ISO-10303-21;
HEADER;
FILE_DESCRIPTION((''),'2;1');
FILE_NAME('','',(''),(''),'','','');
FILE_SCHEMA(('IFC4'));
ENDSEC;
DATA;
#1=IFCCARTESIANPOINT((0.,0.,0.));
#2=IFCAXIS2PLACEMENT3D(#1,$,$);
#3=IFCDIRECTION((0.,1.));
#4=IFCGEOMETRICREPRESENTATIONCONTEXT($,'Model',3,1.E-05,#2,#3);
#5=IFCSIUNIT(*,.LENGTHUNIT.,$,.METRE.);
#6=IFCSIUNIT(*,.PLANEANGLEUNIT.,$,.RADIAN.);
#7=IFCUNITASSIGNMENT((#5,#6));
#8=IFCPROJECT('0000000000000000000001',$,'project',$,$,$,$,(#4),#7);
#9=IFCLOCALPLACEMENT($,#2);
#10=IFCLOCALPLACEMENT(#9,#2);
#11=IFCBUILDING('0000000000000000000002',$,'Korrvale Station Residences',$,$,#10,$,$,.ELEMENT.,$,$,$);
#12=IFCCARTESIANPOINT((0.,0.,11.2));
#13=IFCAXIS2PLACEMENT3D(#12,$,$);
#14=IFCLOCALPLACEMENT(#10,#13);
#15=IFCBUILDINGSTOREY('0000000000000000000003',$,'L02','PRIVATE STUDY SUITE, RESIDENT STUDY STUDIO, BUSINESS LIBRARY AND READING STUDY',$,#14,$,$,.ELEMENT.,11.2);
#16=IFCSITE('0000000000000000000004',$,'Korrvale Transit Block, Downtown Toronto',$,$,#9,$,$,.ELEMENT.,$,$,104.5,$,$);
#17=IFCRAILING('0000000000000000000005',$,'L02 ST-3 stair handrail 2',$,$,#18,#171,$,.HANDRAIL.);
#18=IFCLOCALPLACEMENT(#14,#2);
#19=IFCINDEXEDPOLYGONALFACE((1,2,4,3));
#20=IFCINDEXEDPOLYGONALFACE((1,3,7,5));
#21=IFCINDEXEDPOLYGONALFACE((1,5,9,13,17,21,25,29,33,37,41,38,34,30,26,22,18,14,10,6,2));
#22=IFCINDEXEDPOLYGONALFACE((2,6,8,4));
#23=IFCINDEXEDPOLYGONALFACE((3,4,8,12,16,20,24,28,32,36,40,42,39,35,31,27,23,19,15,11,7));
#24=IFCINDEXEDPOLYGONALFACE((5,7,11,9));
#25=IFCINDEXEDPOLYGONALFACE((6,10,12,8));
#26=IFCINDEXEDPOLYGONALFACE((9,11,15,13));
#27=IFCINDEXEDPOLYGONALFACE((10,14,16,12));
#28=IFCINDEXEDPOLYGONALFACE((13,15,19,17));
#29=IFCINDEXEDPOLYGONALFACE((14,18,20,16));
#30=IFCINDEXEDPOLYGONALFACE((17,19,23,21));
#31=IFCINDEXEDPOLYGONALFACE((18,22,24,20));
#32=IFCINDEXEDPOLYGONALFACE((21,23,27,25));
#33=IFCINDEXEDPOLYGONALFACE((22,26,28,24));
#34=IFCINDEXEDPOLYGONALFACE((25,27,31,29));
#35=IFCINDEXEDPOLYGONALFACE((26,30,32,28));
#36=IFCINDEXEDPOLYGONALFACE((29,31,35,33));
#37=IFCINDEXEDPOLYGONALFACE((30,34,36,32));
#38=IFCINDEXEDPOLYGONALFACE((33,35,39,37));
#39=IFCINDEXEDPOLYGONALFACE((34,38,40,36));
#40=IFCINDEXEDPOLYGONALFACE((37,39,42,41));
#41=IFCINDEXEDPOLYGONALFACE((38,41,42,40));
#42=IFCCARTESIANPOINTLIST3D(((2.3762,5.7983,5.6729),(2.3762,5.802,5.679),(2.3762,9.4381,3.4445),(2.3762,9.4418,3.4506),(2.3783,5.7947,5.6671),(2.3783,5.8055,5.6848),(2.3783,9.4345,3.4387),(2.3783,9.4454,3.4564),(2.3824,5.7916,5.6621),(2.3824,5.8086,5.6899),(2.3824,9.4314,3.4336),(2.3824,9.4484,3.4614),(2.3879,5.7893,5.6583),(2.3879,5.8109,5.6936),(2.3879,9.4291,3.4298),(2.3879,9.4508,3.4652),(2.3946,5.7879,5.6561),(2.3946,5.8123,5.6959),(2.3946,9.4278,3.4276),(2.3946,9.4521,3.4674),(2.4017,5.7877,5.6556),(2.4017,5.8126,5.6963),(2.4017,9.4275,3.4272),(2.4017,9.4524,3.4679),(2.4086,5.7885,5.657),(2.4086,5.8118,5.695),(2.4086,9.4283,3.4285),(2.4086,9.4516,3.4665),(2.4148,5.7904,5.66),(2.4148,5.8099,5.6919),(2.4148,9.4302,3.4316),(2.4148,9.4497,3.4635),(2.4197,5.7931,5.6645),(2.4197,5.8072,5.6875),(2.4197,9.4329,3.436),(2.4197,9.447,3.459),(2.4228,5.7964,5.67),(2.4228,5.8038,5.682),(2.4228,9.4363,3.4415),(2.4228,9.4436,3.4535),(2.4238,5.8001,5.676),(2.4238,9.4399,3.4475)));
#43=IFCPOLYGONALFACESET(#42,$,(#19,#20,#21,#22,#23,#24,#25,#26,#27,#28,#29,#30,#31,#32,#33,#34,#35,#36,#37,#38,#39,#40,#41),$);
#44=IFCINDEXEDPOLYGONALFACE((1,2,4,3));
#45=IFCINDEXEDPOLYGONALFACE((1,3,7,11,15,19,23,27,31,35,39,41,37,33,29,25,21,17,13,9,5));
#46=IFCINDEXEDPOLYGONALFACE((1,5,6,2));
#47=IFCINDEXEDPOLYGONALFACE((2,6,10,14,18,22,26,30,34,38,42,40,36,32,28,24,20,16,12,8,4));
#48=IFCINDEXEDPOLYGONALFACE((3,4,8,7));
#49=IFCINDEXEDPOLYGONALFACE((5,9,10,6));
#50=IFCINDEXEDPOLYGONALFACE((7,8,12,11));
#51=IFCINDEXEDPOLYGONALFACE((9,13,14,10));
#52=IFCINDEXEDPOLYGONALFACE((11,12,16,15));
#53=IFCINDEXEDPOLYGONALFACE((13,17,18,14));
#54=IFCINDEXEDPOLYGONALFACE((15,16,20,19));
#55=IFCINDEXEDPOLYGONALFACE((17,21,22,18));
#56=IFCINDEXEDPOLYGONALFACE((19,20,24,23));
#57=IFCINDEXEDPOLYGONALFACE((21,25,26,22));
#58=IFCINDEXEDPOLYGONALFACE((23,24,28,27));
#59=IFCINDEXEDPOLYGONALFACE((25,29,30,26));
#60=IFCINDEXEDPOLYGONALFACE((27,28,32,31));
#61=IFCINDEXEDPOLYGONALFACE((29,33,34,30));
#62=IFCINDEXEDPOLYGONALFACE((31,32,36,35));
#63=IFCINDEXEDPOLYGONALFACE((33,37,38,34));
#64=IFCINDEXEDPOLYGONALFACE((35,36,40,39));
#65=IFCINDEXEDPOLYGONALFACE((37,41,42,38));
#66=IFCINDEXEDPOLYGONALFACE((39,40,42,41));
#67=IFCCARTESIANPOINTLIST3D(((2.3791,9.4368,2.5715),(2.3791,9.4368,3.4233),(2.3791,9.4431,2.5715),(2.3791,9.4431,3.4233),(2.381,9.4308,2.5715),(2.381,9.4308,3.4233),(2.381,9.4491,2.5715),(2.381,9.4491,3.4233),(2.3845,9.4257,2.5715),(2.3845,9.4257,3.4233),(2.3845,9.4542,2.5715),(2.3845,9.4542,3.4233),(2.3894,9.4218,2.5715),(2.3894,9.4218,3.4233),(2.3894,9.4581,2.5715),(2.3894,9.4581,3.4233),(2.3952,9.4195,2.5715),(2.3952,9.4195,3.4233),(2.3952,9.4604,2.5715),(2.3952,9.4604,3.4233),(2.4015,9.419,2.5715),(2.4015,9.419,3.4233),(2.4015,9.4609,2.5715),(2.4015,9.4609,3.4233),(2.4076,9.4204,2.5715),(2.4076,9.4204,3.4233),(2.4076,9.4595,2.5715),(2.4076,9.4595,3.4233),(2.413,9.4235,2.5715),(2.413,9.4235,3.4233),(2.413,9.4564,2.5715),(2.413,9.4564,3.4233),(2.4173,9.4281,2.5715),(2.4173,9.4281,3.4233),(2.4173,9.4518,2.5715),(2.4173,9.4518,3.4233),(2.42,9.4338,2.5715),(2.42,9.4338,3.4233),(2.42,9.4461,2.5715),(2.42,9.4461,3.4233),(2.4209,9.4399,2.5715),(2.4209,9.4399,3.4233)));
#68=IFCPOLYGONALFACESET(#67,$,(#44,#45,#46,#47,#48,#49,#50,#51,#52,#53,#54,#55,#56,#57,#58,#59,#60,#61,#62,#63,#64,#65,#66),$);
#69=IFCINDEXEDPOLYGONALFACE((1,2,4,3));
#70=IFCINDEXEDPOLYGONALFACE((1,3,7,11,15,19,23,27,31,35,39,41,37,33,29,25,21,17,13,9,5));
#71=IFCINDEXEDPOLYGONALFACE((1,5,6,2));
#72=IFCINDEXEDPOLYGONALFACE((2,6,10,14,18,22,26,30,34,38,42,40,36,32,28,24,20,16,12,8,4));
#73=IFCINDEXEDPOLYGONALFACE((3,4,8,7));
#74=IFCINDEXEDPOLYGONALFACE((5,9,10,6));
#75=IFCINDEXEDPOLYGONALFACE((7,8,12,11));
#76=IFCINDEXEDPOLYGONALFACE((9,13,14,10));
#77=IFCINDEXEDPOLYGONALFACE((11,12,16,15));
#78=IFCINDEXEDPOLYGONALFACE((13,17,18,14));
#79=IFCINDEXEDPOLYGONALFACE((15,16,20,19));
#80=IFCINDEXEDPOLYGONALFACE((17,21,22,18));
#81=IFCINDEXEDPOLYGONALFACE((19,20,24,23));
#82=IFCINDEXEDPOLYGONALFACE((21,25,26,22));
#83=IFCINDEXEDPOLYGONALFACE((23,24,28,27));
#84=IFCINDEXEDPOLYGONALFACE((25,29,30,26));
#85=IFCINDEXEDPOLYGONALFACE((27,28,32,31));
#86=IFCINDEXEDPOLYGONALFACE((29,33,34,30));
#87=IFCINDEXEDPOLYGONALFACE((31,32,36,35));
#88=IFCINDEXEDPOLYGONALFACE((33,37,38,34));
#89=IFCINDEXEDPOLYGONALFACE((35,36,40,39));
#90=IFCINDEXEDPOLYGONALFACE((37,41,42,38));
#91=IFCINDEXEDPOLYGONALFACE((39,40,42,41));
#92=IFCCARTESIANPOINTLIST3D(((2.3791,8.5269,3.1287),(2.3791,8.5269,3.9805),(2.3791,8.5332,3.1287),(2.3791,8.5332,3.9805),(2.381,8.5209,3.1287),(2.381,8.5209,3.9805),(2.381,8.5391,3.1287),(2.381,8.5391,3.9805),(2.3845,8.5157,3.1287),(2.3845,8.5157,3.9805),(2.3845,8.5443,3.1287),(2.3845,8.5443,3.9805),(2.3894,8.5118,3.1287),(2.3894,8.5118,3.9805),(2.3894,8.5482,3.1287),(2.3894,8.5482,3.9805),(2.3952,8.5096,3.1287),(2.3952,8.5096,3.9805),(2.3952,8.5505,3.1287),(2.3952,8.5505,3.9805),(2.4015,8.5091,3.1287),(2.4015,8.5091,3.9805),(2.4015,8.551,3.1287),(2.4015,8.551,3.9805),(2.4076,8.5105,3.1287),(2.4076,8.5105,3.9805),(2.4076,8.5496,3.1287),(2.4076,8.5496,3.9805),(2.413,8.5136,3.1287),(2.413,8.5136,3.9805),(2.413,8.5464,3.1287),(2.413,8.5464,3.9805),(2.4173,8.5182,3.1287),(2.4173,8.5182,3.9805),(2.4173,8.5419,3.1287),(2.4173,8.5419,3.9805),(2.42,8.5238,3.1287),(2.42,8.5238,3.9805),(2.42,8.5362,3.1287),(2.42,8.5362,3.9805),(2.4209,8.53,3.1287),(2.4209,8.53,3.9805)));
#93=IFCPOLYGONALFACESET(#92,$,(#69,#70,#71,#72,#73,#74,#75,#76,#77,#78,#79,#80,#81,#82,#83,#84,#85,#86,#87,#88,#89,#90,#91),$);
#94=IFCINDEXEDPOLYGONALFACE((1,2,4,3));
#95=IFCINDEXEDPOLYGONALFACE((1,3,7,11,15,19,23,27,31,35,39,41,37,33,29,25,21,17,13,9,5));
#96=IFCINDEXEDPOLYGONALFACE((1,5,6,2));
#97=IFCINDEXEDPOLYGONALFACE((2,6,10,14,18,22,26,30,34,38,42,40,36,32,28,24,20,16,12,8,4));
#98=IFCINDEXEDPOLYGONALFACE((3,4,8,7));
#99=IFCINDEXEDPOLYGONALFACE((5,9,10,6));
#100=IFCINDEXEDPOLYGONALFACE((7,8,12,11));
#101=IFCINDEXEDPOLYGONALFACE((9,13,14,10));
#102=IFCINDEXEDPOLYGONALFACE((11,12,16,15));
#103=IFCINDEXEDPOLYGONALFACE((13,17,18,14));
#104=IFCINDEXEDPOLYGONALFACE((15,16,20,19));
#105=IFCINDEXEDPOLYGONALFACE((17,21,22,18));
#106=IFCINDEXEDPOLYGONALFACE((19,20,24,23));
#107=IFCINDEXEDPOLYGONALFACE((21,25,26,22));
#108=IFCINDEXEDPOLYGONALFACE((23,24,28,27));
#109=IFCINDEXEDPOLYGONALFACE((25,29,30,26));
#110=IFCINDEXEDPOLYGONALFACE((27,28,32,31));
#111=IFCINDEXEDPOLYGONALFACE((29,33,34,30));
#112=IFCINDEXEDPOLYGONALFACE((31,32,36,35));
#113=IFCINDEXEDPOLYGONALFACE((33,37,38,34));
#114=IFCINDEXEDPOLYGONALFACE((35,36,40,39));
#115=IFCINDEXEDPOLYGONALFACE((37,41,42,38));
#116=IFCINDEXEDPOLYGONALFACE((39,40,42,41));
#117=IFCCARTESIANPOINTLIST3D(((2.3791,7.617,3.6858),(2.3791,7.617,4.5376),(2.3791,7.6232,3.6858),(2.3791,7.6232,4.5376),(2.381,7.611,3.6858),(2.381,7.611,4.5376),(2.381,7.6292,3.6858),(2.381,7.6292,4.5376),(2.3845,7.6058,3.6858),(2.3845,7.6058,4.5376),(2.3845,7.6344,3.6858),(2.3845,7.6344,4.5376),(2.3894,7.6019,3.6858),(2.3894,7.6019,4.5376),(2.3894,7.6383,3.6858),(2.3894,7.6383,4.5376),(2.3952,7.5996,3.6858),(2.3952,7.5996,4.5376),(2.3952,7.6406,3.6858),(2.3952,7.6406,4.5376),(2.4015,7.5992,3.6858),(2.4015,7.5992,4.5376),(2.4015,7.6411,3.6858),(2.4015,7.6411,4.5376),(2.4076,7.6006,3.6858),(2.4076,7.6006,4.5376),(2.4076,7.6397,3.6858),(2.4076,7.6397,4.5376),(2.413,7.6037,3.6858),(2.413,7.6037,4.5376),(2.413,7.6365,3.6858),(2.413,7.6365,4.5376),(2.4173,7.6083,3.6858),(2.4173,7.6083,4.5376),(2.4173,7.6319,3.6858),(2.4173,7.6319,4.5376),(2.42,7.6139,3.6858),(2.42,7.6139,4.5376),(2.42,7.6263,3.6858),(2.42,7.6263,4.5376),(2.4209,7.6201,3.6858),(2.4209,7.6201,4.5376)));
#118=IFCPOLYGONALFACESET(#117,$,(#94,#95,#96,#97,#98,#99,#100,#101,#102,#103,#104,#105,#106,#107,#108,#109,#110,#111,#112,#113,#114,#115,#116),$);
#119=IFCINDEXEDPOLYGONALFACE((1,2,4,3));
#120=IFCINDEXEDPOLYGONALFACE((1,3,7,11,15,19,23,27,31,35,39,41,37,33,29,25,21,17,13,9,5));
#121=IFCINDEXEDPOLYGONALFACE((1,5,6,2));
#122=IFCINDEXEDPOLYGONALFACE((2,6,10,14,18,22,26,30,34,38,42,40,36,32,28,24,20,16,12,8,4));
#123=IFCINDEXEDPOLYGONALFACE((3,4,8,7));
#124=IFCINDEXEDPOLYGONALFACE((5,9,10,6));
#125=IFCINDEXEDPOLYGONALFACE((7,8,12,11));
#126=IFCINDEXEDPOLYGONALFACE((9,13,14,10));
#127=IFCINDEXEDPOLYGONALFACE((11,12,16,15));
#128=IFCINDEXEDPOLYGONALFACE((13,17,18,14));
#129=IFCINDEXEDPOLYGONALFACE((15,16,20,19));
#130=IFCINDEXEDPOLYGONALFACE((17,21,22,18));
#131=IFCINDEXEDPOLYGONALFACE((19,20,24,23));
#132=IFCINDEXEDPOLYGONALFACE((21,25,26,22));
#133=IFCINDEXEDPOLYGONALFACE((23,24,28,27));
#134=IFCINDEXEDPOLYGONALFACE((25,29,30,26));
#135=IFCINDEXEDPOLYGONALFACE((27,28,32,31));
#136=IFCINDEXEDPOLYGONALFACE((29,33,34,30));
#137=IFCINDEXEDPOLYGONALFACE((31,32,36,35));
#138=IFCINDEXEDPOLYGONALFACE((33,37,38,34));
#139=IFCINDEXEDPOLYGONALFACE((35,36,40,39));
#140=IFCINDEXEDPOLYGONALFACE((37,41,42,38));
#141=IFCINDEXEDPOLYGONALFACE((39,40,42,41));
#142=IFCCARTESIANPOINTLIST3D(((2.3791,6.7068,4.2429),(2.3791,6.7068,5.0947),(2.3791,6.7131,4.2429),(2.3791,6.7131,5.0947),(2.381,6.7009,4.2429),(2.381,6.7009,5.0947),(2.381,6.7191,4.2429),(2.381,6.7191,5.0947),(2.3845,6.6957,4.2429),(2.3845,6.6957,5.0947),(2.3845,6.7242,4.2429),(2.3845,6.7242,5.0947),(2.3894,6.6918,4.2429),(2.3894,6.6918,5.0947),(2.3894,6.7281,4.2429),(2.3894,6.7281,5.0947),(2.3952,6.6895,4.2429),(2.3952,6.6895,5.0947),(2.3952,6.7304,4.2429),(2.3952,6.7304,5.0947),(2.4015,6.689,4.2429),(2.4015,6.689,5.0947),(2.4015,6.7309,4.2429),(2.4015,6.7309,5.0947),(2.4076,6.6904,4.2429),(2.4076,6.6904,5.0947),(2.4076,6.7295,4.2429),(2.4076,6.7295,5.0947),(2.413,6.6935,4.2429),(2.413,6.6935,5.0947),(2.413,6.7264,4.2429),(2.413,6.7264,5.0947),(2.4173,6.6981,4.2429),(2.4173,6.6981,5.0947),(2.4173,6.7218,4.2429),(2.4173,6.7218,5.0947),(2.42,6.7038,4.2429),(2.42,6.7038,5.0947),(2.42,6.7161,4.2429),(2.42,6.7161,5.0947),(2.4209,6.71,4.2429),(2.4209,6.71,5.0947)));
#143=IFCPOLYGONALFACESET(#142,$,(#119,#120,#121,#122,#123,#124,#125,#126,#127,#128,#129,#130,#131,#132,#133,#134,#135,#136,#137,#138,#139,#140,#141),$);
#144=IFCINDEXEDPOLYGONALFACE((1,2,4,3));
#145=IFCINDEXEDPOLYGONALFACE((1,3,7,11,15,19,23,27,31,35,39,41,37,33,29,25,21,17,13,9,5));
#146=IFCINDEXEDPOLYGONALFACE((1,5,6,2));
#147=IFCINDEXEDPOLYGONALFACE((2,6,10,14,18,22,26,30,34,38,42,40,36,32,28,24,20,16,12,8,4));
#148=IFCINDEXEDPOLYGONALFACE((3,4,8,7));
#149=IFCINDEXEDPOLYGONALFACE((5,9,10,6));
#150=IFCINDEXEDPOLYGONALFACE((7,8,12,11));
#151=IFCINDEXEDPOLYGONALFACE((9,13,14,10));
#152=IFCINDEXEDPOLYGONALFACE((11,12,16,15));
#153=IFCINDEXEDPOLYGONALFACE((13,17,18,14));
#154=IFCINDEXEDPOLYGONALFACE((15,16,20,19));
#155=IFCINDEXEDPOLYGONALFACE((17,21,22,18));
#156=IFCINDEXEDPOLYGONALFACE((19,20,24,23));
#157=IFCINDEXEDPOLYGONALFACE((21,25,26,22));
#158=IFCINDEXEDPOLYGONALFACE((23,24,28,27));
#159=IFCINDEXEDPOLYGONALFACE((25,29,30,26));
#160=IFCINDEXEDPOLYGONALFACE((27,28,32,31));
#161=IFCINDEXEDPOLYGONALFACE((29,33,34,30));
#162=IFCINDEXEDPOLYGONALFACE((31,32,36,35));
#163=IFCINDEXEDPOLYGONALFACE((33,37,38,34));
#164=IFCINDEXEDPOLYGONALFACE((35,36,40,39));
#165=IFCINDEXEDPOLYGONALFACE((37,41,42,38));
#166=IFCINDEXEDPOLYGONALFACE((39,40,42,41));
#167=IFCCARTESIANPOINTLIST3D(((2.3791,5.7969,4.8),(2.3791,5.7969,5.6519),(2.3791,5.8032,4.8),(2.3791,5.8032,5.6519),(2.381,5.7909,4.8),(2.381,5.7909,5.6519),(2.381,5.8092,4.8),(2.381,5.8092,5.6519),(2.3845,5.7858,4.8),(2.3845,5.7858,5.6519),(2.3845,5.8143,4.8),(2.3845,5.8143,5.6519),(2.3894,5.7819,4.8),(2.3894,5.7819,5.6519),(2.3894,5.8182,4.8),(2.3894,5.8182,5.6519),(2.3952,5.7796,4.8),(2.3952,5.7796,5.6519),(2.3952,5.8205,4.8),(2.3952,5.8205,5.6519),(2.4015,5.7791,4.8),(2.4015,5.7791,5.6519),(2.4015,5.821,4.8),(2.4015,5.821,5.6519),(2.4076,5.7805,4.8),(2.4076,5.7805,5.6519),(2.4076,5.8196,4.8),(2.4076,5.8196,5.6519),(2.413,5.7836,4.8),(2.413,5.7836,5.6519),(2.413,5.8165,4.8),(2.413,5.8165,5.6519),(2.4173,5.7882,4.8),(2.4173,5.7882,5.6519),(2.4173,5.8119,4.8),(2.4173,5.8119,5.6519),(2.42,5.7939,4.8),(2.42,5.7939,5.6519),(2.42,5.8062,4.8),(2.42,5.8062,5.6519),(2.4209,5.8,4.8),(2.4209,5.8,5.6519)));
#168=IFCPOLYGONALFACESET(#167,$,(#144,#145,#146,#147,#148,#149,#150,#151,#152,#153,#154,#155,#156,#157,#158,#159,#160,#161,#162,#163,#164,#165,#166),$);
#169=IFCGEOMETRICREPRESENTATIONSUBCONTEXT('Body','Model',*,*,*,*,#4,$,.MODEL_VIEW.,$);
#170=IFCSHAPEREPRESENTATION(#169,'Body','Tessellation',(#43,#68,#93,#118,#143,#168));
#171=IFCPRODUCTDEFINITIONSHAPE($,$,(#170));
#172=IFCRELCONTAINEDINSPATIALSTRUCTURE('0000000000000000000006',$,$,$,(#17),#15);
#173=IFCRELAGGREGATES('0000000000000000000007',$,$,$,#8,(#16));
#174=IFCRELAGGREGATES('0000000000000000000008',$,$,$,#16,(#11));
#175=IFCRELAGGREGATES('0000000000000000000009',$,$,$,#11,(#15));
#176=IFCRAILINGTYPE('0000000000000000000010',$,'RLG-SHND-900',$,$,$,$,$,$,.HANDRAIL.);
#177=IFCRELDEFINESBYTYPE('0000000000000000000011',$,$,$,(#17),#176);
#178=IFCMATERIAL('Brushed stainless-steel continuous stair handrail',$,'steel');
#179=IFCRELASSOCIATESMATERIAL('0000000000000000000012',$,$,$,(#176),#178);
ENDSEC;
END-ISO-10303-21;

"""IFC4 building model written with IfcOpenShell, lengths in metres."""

from ifc_helpers import new_model, si_unit, direction, frame, origin, origin_2d, place, context, subcontext, project, spatial, circle, extrude, material, type_object, element, save


model = new_model("IFC4")

# Units and contexts
model_context = context("Model", 3, precision=1e-05, world=origin(), true_north=direction((0.0, 1.0)))
body_context = subcontext(model_context, "Body", "Model", "MODEL_VIEW")
ifc_project = project(units=[si_unit("LENGTHUNIT", "METRE"), si_unit("PLANEANGLEUNIT", "RADIAN")], contexts=[model_context])

# Site, building, storey
site_placement = place(None, origin())
site = spatial("IfcSite", under=ifc_project, at=site_placement, Name="Korrvale Transit Block, Downtown Toronto", CompositionType="ELEMENT", RefElevation=104.5)
building_placement = place(site_placement, origin())
building = spatial("IfcBuilding", under=site, at=building_placement, Name="Korrvale Station Residences", CompositionType="ELEMENT")
storey_placement = place(building_placement, frame((0.0, 0.0, 11.2)))
storey = spatial("IfcBuildingStorey", under=building, at=storey_placement, Name="L02", Description="PRIVATE STUDY SUITE, RESIDENT STUDY STUDIO, BUSINESS LIBRARY AND READING STUDY", CompositionType="ELEMENT", Elevation=11.2)

# Railing
ifc_material_1 = material(Name="Brushed stainless-steel continuous stair handrail", Category="steel")
railing_type_1 = type_object("IfcRailingType", Name="RLG-SHND-900", PredefinedType="HANDRAIL", material=ifc_material_1)
railing_1_placement = place(storey_placement, frame((2.3999, 9.4399, 2.5715)))
element("IfcRailing", 1, at=railing_1_placement, inside=storey, type_object=railing_type_1, Name="L02 ST-3 stair handrail 2", PredefinedType="HANDRAIL", context=body_context, shape_type="SweptSolid", body=[
    extrude(circle(Radius=0.0239, at=origin_2d()), frame((0.0, 0.0, 0.876), z_axis=(0.0, -0.85285, 0.522156), x_axis=(1.0, 0.0, 0.0)), (0.0, 0.0, 1.0), 4.2678),
    extrude(circle(Radius=0.021, at=origin_2d()), origin(), (0.0, 0.0, 1.0), 0.8518),
    extrude(circle(Radius=0.021, at=origin_2d()), frame((0.0, -0.9099, 0.5571)), (0.0, 0.0, 1.0), 0.8518),
    extrude(circle(Radius=0.021, at=origin_2d()), frame((0.0, -1.8198, 1.1143)), (0.0, 0.0, 1.0), 0.8518),
    extrude(circle(Radius=0.021, at=origin_2d()), frame((0.0, -2.73, 1.6714)), (0.0, 0.0, 1.0), 0.8518),
    extrude(circle(Radius=0.021, at=origin_2d()), frame((0.0, -3.6399, 2.2285)), (0.0, 0.0, 1.0), 0.8518),
])

save(model, "model.ifc")
